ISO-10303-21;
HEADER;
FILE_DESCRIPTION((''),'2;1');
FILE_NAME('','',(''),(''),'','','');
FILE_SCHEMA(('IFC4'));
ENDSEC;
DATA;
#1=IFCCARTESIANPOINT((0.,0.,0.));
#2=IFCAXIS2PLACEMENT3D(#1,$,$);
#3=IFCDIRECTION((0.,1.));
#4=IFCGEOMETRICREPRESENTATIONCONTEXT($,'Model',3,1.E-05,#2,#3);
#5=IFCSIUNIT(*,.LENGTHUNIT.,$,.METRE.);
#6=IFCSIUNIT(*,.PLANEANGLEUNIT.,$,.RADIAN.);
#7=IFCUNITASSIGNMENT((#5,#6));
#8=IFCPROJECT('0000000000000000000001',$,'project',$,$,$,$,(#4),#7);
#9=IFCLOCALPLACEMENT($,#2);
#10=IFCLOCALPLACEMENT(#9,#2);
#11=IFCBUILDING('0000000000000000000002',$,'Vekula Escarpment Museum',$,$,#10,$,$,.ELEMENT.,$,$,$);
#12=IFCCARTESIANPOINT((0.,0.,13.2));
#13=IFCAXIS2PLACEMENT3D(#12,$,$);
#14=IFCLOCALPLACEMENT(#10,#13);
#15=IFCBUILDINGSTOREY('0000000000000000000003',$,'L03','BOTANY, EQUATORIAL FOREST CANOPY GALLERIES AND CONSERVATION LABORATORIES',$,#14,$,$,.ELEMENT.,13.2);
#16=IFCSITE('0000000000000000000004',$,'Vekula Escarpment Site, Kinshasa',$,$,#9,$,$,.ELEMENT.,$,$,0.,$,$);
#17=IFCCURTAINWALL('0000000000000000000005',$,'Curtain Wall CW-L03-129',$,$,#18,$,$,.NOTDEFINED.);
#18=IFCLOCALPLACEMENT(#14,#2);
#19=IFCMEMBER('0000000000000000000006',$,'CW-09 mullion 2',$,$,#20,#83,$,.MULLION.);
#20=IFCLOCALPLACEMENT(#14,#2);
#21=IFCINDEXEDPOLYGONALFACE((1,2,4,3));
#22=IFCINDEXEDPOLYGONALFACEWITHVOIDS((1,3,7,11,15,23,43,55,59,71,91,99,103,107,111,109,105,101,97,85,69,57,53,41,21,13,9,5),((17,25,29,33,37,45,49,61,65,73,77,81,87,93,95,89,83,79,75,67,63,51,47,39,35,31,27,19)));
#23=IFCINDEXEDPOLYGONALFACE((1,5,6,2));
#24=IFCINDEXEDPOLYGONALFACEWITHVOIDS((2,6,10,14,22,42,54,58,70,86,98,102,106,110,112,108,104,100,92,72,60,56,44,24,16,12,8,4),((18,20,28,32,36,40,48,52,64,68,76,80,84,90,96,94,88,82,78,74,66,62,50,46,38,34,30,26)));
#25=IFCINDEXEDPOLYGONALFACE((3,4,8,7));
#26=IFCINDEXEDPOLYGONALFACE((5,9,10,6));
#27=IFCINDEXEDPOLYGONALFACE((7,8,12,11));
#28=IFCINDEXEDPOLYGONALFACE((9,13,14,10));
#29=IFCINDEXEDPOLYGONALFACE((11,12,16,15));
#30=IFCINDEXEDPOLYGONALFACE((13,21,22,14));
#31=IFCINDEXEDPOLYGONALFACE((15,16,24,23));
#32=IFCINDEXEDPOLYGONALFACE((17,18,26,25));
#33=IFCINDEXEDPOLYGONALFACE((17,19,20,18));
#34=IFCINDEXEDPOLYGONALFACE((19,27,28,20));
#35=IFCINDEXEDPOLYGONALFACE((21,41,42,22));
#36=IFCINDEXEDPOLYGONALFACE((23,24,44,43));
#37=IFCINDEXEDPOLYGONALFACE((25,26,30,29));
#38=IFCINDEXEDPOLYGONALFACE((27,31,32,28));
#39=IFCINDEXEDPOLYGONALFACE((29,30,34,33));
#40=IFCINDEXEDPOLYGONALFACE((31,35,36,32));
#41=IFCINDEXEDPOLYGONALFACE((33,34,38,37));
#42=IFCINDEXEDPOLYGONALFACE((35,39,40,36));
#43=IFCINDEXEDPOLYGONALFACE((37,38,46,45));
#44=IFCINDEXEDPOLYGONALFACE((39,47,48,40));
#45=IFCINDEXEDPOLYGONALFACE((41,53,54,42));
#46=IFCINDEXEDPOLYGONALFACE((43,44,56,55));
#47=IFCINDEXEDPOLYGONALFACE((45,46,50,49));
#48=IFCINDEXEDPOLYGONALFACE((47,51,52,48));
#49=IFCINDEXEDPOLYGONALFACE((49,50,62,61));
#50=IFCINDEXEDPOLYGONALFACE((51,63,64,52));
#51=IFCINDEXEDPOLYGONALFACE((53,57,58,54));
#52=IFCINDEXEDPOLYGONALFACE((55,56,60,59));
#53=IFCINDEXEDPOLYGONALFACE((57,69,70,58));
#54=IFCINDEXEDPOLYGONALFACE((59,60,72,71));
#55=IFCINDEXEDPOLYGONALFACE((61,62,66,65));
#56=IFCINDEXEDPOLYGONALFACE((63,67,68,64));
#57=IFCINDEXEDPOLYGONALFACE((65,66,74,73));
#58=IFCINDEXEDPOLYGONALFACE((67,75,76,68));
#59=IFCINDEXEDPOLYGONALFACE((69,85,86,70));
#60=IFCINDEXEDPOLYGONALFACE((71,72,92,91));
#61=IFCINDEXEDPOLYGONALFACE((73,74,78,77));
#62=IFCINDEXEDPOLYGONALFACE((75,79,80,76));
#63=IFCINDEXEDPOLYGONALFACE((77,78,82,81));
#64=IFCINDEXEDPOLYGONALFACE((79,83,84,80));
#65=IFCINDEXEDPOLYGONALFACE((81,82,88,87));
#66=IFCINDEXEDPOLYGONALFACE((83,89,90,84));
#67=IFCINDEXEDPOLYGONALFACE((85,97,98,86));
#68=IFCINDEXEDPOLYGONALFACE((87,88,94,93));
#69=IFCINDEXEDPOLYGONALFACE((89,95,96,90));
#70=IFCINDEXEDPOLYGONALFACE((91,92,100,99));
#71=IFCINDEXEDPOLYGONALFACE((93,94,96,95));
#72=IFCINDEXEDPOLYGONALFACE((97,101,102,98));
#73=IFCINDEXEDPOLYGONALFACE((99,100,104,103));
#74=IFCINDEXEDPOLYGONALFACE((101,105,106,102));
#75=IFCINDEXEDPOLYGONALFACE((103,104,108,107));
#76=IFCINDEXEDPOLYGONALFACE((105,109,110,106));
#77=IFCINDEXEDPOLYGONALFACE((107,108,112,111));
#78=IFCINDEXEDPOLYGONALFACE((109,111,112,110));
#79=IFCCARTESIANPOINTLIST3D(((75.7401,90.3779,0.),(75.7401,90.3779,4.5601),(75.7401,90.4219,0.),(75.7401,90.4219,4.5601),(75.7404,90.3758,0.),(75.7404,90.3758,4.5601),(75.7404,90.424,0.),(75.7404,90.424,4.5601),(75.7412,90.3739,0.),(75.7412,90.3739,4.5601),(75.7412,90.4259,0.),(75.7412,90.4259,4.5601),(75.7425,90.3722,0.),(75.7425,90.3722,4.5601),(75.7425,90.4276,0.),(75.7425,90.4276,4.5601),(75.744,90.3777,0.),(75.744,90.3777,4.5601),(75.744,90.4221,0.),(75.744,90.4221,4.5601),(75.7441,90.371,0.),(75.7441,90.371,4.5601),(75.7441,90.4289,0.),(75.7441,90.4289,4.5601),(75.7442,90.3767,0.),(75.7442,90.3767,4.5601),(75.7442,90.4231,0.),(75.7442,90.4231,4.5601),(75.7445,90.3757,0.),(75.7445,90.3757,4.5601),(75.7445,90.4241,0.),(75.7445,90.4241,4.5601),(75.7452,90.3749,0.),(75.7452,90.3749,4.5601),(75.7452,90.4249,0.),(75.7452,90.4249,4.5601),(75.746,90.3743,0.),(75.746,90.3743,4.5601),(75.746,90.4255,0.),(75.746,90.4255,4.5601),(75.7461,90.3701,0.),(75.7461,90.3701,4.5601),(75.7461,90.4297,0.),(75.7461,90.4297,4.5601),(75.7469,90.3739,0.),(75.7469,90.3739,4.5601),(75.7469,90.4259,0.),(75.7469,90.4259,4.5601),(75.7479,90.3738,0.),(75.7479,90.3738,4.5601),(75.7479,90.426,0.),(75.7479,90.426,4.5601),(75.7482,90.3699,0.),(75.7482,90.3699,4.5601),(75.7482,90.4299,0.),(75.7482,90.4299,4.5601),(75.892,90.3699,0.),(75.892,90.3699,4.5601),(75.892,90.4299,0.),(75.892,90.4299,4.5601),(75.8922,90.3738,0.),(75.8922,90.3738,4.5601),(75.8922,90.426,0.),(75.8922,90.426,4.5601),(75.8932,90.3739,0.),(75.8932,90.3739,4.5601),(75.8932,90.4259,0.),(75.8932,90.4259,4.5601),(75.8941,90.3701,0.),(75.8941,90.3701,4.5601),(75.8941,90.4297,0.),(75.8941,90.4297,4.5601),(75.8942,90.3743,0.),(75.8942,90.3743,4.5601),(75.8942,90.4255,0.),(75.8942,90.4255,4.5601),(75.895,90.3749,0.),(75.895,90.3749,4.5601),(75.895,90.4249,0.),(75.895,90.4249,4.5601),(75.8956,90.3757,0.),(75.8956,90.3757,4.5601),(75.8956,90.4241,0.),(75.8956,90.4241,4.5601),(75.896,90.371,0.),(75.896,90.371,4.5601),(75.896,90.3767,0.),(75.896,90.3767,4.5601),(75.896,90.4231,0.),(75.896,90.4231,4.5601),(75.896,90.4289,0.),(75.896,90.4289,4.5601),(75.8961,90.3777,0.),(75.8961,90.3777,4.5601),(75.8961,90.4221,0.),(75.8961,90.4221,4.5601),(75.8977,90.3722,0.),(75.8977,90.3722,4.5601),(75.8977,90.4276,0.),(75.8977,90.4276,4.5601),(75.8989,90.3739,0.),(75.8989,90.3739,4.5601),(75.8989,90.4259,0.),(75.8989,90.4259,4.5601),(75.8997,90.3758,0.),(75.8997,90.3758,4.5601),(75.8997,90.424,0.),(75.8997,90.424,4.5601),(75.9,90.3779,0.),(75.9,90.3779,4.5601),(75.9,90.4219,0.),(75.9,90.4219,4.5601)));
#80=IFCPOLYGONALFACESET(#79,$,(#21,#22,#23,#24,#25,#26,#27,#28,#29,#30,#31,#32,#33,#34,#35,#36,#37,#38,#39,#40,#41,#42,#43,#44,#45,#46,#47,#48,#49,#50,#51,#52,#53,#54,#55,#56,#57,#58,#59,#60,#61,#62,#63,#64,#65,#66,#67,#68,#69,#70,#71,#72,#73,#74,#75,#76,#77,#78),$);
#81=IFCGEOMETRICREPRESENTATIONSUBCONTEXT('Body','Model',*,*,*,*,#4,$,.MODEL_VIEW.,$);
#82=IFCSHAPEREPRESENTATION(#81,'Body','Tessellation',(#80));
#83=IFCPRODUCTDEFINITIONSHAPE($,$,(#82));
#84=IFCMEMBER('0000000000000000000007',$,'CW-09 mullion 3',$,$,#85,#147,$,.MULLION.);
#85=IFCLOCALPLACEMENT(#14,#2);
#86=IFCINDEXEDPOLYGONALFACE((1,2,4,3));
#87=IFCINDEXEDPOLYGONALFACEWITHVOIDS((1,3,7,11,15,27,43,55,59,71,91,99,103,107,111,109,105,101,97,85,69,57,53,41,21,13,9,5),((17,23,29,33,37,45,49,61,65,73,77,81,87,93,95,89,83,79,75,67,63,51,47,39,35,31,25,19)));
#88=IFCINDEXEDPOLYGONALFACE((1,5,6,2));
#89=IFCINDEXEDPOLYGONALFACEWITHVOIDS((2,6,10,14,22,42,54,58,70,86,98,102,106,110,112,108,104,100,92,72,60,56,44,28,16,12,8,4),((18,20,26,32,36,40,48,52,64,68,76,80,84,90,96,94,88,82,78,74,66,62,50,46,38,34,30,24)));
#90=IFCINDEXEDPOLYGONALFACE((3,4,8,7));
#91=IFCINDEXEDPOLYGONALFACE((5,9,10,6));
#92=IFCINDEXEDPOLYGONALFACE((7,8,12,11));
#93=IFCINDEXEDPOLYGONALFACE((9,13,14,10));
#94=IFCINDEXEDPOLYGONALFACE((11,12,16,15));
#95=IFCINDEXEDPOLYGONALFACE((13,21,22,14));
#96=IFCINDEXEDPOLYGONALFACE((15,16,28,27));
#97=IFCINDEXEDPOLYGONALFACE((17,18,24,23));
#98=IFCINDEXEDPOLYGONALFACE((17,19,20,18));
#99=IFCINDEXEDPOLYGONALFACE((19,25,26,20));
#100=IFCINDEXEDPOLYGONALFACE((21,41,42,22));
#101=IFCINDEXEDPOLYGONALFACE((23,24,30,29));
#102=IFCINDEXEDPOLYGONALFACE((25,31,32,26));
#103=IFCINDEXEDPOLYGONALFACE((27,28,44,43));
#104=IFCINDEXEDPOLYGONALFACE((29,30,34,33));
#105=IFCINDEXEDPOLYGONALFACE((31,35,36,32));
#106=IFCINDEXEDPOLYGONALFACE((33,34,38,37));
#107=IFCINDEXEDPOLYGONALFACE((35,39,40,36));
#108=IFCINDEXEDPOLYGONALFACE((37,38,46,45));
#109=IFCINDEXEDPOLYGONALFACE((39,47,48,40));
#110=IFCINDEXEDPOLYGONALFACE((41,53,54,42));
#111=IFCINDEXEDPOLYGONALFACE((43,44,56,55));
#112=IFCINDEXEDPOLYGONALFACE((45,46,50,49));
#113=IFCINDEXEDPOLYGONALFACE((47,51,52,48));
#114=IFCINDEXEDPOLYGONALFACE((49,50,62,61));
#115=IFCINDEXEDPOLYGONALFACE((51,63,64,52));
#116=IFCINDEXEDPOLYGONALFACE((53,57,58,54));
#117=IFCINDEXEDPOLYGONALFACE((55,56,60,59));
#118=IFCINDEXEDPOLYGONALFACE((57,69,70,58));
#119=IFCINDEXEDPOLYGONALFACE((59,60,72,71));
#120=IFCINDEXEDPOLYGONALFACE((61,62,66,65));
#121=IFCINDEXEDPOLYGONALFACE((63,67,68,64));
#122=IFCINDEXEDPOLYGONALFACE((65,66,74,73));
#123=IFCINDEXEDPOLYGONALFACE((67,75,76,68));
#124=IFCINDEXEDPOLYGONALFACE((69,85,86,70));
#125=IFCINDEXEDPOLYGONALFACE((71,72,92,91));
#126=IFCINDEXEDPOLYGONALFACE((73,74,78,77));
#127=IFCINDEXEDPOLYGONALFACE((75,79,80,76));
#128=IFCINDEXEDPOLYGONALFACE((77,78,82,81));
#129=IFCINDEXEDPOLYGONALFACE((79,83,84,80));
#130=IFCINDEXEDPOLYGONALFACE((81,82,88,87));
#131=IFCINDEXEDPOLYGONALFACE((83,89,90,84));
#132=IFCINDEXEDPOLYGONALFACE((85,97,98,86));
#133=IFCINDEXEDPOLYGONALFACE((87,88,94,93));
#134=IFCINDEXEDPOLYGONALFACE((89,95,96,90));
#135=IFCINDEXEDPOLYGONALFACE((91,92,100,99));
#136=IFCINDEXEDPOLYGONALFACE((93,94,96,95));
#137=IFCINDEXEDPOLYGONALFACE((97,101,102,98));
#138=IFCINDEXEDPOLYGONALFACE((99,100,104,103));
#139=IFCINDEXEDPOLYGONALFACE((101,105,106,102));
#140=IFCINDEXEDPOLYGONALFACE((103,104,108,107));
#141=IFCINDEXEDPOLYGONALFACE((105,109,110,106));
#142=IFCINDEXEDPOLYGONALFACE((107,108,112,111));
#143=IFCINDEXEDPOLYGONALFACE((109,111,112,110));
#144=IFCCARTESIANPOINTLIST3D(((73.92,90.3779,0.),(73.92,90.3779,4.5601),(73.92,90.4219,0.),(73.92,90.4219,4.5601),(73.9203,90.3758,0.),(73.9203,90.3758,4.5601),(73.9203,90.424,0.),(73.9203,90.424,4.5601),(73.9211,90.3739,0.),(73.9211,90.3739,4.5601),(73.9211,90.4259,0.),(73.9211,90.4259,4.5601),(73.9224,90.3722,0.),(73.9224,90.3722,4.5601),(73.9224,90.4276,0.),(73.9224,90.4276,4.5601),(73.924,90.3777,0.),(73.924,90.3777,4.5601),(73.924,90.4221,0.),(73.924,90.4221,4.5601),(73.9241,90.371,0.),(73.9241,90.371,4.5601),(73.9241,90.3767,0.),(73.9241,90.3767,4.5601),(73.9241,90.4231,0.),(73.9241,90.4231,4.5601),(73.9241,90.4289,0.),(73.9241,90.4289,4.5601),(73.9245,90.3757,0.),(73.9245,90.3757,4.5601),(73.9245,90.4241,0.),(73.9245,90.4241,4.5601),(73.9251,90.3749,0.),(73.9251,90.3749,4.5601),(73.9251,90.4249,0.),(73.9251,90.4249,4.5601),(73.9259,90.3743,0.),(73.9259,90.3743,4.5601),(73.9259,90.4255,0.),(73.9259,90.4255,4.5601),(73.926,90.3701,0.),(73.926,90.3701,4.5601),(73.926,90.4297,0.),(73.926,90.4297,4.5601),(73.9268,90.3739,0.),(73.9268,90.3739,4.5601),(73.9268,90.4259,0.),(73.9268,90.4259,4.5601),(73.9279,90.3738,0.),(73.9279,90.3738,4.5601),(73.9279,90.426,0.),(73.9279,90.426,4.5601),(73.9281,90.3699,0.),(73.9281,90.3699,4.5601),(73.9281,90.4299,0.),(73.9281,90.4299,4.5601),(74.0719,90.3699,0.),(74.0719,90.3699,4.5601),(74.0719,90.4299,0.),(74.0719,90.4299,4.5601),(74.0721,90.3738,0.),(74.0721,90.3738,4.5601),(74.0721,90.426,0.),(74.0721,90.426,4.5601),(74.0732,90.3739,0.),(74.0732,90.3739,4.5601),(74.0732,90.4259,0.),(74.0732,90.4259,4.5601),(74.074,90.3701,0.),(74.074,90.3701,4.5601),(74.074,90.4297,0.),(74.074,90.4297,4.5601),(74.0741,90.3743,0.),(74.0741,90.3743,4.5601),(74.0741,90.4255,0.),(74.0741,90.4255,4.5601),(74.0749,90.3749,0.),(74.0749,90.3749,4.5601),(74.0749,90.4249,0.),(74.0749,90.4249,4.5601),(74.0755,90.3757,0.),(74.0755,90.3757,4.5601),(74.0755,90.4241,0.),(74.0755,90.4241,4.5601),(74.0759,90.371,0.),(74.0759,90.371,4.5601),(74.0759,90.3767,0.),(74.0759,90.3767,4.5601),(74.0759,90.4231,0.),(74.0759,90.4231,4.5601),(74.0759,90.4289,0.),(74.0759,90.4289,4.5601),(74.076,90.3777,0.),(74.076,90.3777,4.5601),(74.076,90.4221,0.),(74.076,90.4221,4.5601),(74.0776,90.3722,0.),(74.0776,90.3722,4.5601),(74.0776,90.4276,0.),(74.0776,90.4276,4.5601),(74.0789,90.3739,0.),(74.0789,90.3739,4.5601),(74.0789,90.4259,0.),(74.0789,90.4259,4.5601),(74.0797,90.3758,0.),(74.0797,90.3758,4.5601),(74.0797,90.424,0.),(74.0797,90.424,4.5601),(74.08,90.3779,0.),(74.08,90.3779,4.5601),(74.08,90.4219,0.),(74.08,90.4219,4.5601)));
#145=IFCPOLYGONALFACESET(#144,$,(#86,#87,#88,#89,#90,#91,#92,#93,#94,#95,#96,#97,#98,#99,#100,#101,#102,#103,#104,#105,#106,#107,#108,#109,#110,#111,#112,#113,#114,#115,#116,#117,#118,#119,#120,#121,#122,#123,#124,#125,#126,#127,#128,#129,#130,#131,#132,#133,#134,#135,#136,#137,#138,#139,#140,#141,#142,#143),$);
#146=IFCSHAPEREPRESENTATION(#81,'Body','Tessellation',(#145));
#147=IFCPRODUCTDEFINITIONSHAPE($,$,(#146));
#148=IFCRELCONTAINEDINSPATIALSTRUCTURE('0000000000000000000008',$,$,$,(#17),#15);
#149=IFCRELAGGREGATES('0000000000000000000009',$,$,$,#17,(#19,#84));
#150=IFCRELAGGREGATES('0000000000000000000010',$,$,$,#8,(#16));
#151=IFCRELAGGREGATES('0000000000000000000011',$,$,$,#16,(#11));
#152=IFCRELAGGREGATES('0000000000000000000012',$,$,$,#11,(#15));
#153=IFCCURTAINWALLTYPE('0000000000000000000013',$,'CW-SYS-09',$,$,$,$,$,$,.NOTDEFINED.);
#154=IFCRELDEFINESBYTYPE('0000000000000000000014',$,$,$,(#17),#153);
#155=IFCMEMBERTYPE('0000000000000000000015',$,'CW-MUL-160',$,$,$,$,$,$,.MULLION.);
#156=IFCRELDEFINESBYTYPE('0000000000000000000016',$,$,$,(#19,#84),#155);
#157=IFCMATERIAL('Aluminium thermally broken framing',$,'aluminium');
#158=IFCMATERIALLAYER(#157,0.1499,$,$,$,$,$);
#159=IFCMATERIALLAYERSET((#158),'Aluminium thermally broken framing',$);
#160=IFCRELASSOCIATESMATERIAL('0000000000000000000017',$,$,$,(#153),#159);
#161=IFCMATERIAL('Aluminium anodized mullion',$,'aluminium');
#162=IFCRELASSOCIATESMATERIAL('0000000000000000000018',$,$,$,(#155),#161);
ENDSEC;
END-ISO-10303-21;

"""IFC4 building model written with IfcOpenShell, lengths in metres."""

from ifc_helpers import new_model, si_unit, direction, frame, origin, origin_2d, place, context, subcontext, project, spatial, hollow_rectangle, extrude, material, layer, layer_set, material_profile, profile_set, type_object, element, aggregate, save


model = new_model("IFC4")

# Units and contexts
model_context = context("Model", 3, precision=1e-05, world=origin(), true_north=direction((0.0, 1.0)))
body_context = subcontext(model_context, "Body", "Model", "MODEL_VIEW")
ifc_project = project(units=[si_unit("LENGTHUNIT", "METRE"), si_unit("PLANEANGLEUNIT", "RADIAN")], contexts=[model_context])

# Site, building, storey
site_placement = place(None, origin())
site = spatial("IfcSite", under=ifc_project, at=site_placement, Name="Vekula Escarpment Site, Kinshasa", CompositionType="ELEMENT", RefElevation=0.0)
building_placement = place(site_placement, origin())
building = spatial("IfcBuilding", under=site, at=building_placement, Name="Vekula Escarpment Museum", CompositionType="ELEMENT")
storey_placement = place(building_placement, frame((0.0, 0.0, 13.2)))
storey = spatial("IfcBuildingStorey", under=building, at=storey_placement, Name="L03", Description="BOTANY, EQUATORIAL FOREST CANOPY GALLERIES AND CONSERVATION LABORATORIES", CompositionType="ELEMENT", Elevation=13.2)

# Curtain wall, members
ifc_material_1 = material(Name="Aluminium thermally broken framing", Category="aluminium")
ifc_layer_1 = layer(ifc_material_1, 0.1499)
ifc_layer_set_1 = layer_set([ifc_layer_1], Name="Aluminium thermally broken framing")
curtain_wall_type_1 = type_object("IfcCurtainWallType", Name="CW-SYS-09", PredefinedType="NOTDEFINED", material=ifc_layer_set_1)
curtain_wall_1_placement = place(storey_placement, origin())
curtain_wall_1 = element("IfcCurtainWall", 1, at=curtain_wall_1_placement, inside=storey, type_object=curtain_wall_type_1, Name="Curtain Wall CW-L03-129", PredefinedType="NOTDEFINED")
ifc_material_2 = material(Name="Aluminium anodized mullion", Category="aluminium")
ifc_material_profile_1 = material_profile(ifc_material_2, hollow_rectangle(XDim=0.0601, YDim=0.1599, WallThickness=0.0039, InnerFilletRadius=0.0039, OuterFilletRadius=0.0081, at=origin_2d()), Name="ALU 160x60x4")
ifc_profile_set_1 = profile_set([ifc_material_profile_1], Name="Aluminium anodized mullion")
member_type_1 = type_object("IfcMemberType", Name="CW-MUL-160", PredefinedType="MULLION", material=ifc_profile_set_1)
member_1_placement = place(storey_placement, frame((75.8201, 90.3999, 0.0), z_axis=(0.0, 0.0, 1.0), x_axis=(0.0, -1.0, 0.0)))
member_1 = element("IfcMember", 2, at=member_1_placement, type_object=member_type_1, Name="CW-09 mullion 2", PredefinedType="MULLION", context=body_context, shape_type="SweptSolid", body=[
    extrude(hollow_rectangle(XDim=0.0601, YDim=0.1599, WallThickness=0.0039, InnerFilletRadius=0.0039, OuterFilletRadius=0.0081, at=origin_2d()), origin(), (0.0, 0.0, 1.0), 4.5601),
])
member_2_placement = place(storey_placement, frame((74.0, 90.3999, 0.0), z_axis=(0.0, 0.0, 1.0), x_axis=(0.0, -1.0, 0.0)))
member_2 = element("IfcMember", 3, at=member_2_placement, type_object=member_type_1, Name="CW-09 mullion 3", PredefinedType="MULLION", context=body_context, shape_type="SweptSolid", body=[
    extrude(hollow_rectangle(XDim=0.0601, YDim=0.1599, WallThickness=0.0039, InnerFilletRadius=0.0039, OuterFilletRadius=0.0081, at=origin_2d()), origin(), (0.0, 0.0, 1.0), 4.5601),
])

aggregate(curtain_wall_1, [member_1, member_2])

save(model, "model.ifc")
